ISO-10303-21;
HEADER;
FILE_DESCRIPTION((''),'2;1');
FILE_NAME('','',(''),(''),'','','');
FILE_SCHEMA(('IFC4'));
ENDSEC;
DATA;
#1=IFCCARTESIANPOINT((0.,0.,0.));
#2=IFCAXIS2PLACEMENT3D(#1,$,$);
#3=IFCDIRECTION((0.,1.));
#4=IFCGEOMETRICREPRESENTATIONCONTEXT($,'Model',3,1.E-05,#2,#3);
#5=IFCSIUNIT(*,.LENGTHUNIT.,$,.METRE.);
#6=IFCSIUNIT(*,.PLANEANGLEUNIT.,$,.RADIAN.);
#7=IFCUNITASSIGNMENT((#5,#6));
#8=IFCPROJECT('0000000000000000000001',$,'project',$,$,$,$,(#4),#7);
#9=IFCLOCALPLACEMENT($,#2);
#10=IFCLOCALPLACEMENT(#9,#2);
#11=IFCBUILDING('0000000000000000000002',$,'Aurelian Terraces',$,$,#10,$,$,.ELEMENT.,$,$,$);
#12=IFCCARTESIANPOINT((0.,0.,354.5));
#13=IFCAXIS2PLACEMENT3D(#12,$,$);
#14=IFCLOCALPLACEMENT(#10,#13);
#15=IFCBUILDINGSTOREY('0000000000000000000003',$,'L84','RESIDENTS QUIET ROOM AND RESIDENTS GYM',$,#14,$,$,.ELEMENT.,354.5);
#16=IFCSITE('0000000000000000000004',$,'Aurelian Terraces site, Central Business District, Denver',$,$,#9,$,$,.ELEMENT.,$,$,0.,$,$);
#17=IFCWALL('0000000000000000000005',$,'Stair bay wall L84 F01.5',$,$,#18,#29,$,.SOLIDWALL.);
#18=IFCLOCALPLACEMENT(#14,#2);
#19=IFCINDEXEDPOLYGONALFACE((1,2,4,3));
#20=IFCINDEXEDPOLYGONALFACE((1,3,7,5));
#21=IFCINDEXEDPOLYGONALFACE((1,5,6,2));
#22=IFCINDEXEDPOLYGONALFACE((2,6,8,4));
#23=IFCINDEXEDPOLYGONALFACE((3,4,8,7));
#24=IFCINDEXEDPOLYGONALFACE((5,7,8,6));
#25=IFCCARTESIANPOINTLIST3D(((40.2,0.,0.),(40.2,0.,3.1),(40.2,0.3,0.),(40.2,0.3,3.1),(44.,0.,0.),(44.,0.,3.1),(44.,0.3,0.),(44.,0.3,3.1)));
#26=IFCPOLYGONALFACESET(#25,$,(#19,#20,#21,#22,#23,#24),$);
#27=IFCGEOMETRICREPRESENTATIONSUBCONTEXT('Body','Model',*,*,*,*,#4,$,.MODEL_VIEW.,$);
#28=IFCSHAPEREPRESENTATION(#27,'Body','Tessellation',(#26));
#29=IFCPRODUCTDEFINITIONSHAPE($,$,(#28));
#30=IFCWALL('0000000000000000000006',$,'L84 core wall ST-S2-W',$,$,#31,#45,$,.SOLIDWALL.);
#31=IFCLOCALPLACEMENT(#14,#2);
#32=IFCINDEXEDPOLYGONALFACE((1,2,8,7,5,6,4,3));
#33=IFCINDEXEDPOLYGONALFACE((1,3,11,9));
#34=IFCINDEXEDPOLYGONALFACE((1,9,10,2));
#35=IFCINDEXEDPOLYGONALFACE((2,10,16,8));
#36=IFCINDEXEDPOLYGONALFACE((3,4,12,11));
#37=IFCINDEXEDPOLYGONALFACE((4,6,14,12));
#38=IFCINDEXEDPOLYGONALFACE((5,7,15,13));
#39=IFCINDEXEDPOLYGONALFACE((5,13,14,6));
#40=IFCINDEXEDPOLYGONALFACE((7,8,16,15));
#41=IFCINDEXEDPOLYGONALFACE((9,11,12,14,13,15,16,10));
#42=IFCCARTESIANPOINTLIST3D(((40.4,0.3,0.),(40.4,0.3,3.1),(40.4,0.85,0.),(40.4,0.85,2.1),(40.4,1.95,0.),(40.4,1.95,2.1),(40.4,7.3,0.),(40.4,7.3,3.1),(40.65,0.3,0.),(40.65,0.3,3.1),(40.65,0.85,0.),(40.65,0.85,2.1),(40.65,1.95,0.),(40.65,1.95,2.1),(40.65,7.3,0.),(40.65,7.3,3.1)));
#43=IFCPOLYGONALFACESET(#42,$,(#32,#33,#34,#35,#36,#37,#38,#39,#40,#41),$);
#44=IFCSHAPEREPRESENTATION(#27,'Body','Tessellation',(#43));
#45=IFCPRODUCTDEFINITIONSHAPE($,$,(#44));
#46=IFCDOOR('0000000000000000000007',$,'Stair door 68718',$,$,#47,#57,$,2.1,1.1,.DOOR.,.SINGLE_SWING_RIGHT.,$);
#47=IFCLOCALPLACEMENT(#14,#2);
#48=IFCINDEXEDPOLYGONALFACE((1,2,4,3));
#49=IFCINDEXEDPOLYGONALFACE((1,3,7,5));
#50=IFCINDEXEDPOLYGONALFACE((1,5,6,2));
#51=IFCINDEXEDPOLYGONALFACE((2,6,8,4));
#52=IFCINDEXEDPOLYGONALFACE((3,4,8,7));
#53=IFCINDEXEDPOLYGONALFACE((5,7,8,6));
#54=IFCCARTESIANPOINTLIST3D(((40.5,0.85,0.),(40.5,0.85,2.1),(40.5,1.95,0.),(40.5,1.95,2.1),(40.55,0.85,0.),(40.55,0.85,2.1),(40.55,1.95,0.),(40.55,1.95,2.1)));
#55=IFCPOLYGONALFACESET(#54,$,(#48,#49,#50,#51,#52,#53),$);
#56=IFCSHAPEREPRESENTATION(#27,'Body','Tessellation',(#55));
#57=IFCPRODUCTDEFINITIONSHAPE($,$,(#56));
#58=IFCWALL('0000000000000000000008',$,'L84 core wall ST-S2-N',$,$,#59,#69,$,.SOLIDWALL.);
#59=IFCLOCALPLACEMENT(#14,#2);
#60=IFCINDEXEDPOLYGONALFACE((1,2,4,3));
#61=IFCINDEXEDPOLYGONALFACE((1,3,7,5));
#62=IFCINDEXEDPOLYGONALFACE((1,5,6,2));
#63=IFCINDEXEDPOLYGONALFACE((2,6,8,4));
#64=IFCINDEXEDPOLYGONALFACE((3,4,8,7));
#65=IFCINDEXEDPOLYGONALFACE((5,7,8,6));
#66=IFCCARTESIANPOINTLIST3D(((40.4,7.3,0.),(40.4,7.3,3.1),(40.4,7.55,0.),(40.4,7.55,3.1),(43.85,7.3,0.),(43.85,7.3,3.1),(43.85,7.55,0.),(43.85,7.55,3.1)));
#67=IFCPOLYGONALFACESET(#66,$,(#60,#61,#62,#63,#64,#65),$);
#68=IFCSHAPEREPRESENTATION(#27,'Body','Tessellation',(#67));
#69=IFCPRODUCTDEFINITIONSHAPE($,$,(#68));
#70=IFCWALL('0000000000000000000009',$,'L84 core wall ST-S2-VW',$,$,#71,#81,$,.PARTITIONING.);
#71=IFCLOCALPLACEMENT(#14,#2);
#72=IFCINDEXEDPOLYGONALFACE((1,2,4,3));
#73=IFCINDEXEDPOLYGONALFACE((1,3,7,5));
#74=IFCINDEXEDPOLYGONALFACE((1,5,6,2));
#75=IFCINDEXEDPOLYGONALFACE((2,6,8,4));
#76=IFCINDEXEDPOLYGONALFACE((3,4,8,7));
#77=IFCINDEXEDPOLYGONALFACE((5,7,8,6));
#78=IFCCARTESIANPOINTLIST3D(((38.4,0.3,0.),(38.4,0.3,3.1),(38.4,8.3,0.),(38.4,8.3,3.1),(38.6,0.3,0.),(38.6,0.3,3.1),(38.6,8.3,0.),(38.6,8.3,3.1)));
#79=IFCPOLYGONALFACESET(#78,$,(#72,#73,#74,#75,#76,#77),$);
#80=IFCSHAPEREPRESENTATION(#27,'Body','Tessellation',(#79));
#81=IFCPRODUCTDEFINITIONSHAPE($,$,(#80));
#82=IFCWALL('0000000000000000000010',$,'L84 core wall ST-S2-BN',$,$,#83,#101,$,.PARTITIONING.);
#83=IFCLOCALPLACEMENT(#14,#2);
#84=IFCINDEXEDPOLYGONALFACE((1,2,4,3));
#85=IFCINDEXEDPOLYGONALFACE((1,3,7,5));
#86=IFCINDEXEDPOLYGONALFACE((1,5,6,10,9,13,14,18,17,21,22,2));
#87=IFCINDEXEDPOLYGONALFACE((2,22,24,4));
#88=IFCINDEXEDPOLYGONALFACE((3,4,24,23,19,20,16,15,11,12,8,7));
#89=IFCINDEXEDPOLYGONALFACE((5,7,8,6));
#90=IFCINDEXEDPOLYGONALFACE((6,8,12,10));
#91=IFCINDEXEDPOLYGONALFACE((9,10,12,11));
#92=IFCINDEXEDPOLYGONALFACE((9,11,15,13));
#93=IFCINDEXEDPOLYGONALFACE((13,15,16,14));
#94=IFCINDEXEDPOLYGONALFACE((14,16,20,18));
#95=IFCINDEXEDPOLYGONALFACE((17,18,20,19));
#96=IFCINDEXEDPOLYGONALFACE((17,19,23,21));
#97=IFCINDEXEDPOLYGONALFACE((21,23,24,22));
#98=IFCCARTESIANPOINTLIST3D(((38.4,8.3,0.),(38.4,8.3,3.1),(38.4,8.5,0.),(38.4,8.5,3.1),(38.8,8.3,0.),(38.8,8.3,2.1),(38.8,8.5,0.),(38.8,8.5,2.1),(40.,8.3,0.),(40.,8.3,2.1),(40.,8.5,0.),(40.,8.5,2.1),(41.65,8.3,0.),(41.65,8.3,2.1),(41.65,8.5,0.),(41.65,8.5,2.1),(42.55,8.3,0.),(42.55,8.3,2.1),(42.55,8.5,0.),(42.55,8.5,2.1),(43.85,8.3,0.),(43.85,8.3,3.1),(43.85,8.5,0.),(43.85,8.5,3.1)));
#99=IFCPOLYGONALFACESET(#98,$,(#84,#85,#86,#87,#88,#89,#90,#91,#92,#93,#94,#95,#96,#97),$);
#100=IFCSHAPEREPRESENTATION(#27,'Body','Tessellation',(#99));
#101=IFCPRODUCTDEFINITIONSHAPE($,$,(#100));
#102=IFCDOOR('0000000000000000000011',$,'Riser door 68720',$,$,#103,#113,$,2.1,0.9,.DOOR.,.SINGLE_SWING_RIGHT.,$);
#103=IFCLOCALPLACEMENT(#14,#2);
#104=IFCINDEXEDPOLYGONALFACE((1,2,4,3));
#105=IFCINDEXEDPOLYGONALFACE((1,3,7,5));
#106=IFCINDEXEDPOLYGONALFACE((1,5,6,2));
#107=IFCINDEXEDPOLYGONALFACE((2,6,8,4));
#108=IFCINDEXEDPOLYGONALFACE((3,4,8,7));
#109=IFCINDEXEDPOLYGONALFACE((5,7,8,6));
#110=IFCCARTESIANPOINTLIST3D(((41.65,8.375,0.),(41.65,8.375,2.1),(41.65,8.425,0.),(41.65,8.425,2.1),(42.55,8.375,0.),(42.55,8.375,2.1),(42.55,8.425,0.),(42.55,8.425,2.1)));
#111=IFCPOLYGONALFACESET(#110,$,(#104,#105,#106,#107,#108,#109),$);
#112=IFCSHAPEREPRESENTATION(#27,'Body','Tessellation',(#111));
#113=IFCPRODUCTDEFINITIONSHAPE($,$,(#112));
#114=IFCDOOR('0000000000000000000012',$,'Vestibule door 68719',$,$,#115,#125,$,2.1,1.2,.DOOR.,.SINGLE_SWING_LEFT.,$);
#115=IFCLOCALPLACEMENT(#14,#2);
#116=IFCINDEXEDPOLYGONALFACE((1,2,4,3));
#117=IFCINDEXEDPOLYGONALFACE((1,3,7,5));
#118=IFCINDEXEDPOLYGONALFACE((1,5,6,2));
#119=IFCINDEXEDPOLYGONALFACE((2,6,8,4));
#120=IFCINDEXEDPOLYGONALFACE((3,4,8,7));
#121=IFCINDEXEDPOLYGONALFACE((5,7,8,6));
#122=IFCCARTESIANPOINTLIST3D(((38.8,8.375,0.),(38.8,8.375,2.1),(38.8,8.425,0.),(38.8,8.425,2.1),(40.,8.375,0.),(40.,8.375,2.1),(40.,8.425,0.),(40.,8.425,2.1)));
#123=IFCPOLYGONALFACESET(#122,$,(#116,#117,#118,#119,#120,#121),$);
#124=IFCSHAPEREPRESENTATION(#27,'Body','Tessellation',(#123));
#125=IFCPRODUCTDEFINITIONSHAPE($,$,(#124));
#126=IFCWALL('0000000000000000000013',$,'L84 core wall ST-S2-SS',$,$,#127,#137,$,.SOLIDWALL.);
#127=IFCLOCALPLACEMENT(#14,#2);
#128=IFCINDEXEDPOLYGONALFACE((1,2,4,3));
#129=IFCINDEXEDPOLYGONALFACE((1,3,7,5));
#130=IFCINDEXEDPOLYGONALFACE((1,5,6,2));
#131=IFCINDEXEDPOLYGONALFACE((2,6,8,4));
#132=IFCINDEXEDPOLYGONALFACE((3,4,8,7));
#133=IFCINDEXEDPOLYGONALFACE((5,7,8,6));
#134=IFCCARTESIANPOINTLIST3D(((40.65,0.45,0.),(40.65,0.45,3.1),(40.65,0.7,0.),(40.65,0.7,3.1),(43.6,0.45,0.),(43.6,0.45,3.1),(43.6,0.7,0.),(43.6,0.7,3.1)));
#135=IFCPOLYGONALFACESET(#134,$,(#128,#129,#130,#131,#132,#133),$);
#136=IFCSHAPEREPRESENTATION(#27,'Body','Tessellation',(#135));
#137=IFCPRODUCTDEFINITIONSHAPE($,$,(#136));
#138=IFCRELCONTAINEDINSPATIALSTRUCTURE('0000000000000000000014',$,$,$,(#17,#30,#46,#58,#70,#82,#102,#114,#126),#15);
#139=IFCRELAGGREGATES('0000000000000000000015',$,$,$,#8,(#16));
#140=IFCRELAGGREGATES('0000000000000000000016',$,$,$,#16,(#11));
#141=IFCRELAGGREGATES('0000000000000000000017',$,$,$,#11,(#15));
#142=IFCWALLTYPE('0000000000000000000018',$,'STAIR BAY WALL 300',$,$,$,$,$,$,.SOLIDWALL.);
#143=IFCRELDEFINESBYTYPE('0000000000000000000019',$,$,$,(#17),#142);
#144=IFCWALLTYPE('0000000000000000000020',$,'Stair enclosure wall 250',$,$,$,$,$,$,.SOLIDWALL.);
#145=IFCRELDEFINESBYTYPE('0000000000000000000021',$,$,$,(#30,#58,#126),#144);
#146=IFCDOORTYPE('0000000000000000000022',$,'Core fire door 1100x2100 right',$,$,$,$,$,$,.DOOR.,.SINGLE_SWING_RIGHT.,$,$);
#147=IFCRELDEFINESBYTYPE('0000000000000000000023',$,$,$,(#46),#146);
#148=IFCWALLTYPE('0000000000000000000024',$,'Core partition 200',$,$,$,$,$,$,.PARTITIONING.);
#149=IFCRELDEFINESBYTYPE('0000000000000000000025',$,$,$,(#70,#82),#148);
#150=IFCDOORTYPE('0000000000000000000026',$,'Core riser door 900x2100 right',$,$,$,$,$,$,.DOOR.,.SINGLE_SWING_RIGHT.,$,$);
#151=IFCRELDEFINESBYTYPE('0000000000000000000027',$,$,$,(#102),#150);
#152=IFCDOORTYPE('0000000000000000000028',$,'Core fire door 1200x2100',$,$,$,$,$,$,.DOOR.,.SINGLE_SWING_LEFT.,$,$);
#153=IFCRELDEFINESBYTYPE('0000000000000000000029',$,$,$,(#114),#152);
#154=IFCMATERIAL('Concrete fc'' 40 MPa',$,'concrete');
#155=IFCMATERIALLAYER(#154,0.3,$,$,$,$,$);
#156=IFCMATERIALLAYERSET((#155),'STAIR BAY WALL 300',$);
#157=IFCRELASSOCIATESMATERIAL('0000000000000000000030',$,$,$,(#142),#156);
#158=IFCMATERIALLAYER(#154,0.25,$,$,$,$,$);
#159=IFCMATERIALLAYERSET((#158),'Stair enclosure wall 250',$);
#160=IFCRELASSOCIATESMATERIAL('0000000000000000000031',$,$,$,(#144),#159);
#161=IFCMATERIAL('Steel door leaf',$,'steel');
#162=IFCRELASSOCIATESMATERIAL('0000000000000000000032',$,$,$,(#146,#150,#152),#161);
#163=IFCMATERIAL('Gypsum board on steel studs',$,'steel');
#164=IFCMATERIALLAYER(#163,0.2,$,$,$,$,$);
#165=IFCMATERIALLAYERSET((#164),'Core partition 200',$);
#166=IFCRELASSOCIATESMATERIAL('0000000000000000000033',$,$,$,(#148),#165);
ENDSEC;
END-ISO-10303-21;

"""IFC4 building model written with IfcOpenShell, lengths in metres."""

from ifc_helpers import new_model, si_unit, direction, frame, frame_2d, origin, place, context, subcontext, project, spatial, rectangle, extrude, source, transform, mapped, material, layer, layer_set, type_object, element, fill, save


model = new_model("IFC4")

# Units and contexts
model_context = context("Model", 3, precision=1e-05, world=origin(), true_north=direction((0.0, 1.0)))
body_context = subcontext(model_context, "Body", "Model", "MODEL_VIEW")
ifc_project = project(units=[si_unit("LENGTHUNIT", "METRE"), si_unit("PLANEANGLEUNIT", "RADIAN")], contexts=[model_context])

# Site, building, storey
site_placement = place(None, origin())
site = spatial("IfcSite", under=ifc_project, at=site_placement, Name="Aurelian Terraces site, Central Business District, Denver", CompositionType="ELEMENT", RefElevation=0.0)
building_placement = place(site_placement, origin())
building = spatial("IfcBuilding", under=site, at=building_placement, Name="Aurelian Terraces", CompositionType="ELEMENT")
storey_placement = place(building_placement, frame((0.0, 0.0, 354.5)))
storey = spatial("IfcBuildingStorey", under=building, at=storey_placement, Name="L84", Description="RESIDENTS QUIET ROOM AND RESIDENTS GYM", CompositionType="ELEMENT", Elevation=354.5)

# Wall
ifc_material_1 = material(Name="Concrete fc' 40 MPa", Category="concrete")
ifc_layer_1 = layer(ifc_material_1, 0.3)
ifc_layer_set_1 = layer_set([ifc_layer_1], Name="STAIR BAY WALL 300")
wall_type_1 = type_object("IfcWallType", Name="STAIR BAY WALL 300", PredefinedType="SOLIDWALL", material=ifc_layer_set_1)
shared_shape_1 = source(origin(), body_context, "Body", "SweptSolid", [
    extrude(rectangle(XDim=3.8, YDim=0.3, at=frame_2d((1.9, 0.0))), origin(), (0.0, 0.0, 1.0), 3.1),
])
wall_1_placement = place(storey_placement, frame((40.2, 0.15, 0.0), z_axis=(0.0, 0.0, 1.0), x_axis=(1.0, 0.0, 0.0)))
element("IfcWall", 1, at=wall_1_placement, inside=storey, type_object=wall_type_1, Name="Stair bay wall L84 F01.5", PredefinedType="SOLIDWALL", context=body_context, shape_type="MappedRepresentation", body=[
    mapped(shared_shape_1, transform((0.0, 0.0, 0.0), scale=1.0)),
])

# Wall, opening, door
ifc_layer_2 = layer(ifc_material_1, 0.25)
ifc_layer_set_2 = layer_set([ifc_layer_2], Name="Stair enclosure wall 250")
wall_type_2 = type_object("IfcWallType", Name="Stair enclosure wall 250", PredefinedType="SOLIDWALL", material=ifc_layer_set_2)
shared_shape_2 = source(origin(), body_context, "Body", "SweptSolid", [
    extrude(rectangle(XDim=7.0, YDim=0.25, at=frame_2d((3.5, 0.0))), origin(), (0.0, 0.0, 1.0), 3.1),
])
wall_2_placement = place(storey_placement, frame((40.525, 0.3, 0.0), z_axis=(0.0, 0.0, 1.0), x_axis=(0.0, 1.0, 0.0)))
wall_2 = element("IfcWall", 2, at=wall_2_placement, inside=storey, type_object=wall_type_2, Name="L84 core wall ST-S2-W", PredefinedType="SOLIDWALL", context=body_context, shape_type="MappedRepresentation", body=[
    mapped(shared_shape_2, transform((0.0, 0.0, 0.0), scale=1.0)),
])
shared_shape_3 = source(origin(), body_context, "Body", "SweptSolid", [
    extrude(rectangle(XDim=1.1, YDim=2.1, at=frame_2d((0.55, 1.05))), frame((0.0, 0.135, 0.0), z_axis=(0.0, -1.0, 0.0), x_axis=(1.0, 0.0, 0.0)), (0.0, 0.0, 1.0), 0.27),
])
opening_1_placement = place(wall_2_placement, frame((0.55, 0.0, 0.0)))
opening_1 = element("IfcOpeningElement", 3, at=opening_1_placement, cuts=wall_2, PredefinedType="OPENING", context=body_context, shape_type="MappedRepresentation", body=[
    mapped(shared_shape_3, transform((0.0, 0.0, 0.0), scale=1.0)),
])
ifc_material_2 = material(Name="Steel door leaf", Category="steel")
door_type_1 = type_object("IfcDoorType", Name="Core fire door 1100x2100 right", OperationType="SINGLE_SWING_RIGHT", PredefinedType="DOOR", material=ifc_material_2)
shared_shape_4 = source(origin(), body_context, "Body", "SweptSolid", [
    extrude(rectangle(XDim=1.1, YDim=2.1, at=frame_2d((0.55, 1.05))), frame((0.0, 0.025, 0.0), z_axis=(0.0, -1.0, 0.0), x_axis=(1.0, 0.0, 0.0)), (0.0, 0.0, 1.0), 0.05),
])
door_1_placement = place(opening_1_placement, origin())
door_1 = element("IfcDoor", 4, at=door_1_placement, inside=storey, type_object=door_type_1, Name="Stair door 68718", OperationType="SINGLE_SWING_RIGHT", OverallHeight=2.1, OverallWidth=1.1, PredefinedType="DOOR", context=body_context, shape_type="MappedRepresentation", body=[
    mapped(shared_shape_4, transform((0.0, 0.0, 0.0), scale=1.0)),
])
fill(opening_1, door_1)

# Walls
shared_shape_5 = source(origin(), body_context, "Body", "SweptSolid", [
    extrude(rectangle(XDim=3.45, YDim=0.25, at=frame_2d((1.725, 0.0))), origin(), (0.0, 0.0, 1.0), 3.1),
])
wall_3_placement = place(storey_placement, frame((40.4, 7.425, 0.0), z_axis=(0.0, 0.0, 1.0), x_axis=(1.0, 0.0, 0.0)))
element("IfcWall", 5, at=wall_3_placement, inside=storey, type_object=wall_type_2, Name="L84 core wall ST-S2-N", PredefinedType="SOLIDWALL", context=body_context, shape_type="MappedRepresentation", body=[
    mapped(shared_shape_5, transform((0.0, 0.0, 0.0), scale=1.0)),
])
ifc_material_3 = material(Name="Gypsum board on steel studs", Category="steel")
ifc_layer_3 = layer(ifc_material_3, 0.2)
ifc_layer_set_3 = layer_set([ifc_layer_3], Name="Core partition 200")
wall_type_3 = type_object("IfcWallType", Name="Core partition 200", PredefinedType="PARTITIONING", material=ifc_layer_set_3)
shared_shape_6 = source(origin(), body_context, "Body", "SweptSolid", [
    extrude(rectangle(XDim=8.0, YDim=0.2, at=frame_2d((4.0, 0.0))), origin(), (0.0, 0.0, 1.0), 3.1),
])
wall_4_placement = place(storey_placement, frame((38.5, 0.3, 0.0), z_axis=(0.0, 0.0, 1.0), x_axis=(0.0, 1.0, 0.0)))
element("IfcWall", 6, at=wall_4_placement, inside=storey, type_object=wall_type_3, Name="L84 core wall ST-S2-VW", PredefinedType="PARTITIONING", context=body_context, shape_type="MappedRepresentation", body=[
    mapped(shared_shape_6, transform((0.0, 0.0, 0.0), scale=1.0)),
])

# Wall, openings, doors
shared_shape_7 = source(origin(), body_context, "Body", "SweptSolid", [
    extrude(rectangle(XDim=5.45, YDim=0.2, at=frame_2d((2.725, 0.0))), origin(), (0.0, 0.0, 1.0), 3.1),
])
wall_5_placement = place(storey_placement, frame((38.4, 8.4, 0.0), z_axis=(0.0, 0.0, 1.0), x_axis=(1.0, 0.0, 0.0)))
wall_5 = element("IfcWall", 7, at=wall_5_placement, inside=storey, type_object=wall_type_3, Name="L84 core wall ST-S2-BN", PredefinedType="PARTITIONING", context=body_context, shape_type="MappedRepresentation", body=[
    mapped(shared_shape_7, transform((0.0, 0.0, 0.0), scale=1.0)),
])
shared_shape_8 = source(origin(), body_context, "Body", "SweptSolid", [
    extrude(rectangle(XDim=1.2, YDim=2.1, at=frame_2d((0.6, 1.05))), frame((0.0, 0.11, 0.0), z_axis=(0.0, -1.0, 0.0), x_axis=(1.0, 0.0, 0.0)), (0.0, 0.0, 1.0), 0.22),
])
opening_2_placement = place(wall_5_placement, frame((0.4, 0.0, 0.0)))
opening_2 = element("IfcOpeningElement", 8, at=opening_2_placement, cuts=wall_5, PredefinedType="OPENING", context=body_context, shape_type="MappedRepresentation", body=[
    mapped(shared_shape_8, transform((0.0, 0.0, 0.0), scale=1.0)),
])
shared_shape_9 = source(origin(), body_context, "Body", "SweptSolid", [
    extrude(rectangle(XDim=0.9, YDim=2.1, at=frame_2d((0.45, 1.05))), frame((0.0, 0.11, 0.0), z_axis=(0.0, -1.0, 0.0), x_axis=(1.0, 0.0, 0.0)), (0.0, 0.0, 1.0), 0.22),
])
opening_3_placement = place(wall_5_placement, frame((3.25, 0.0, 0.0)))
opening_3 = element("IfcOpeningElement", 9, at=opening_3_placement, cuts=wall_5, PredefinedType="OPENING", context=body_context, shape_type="MappedRepresentation", body=[
    mapped(shared_shape_9, transform((0.0, 0.0, 0.0), scale=1.0)),
])
door_type_2 = type_object("IfcDoorType", Name="Core riser door 900x2100 right", OperationType="SINGLE_SWING_RIGHT", PredefinedType="DOOR", material=ifc_material_2)
shared_shape_10 = source(origin(), body_context, "Body", "SweptSolid", [
    extrude(rectangle(XDim=0.9, YDim=2.1, at=frame_2d((0.45, 1.05))), frame((0.0, 0.025, 0.0), z_axis=(0.0, -1.0, 0.0), x_axis=(1.0, 0.0, 0.0)), (0.0, 0.0, 1.0), 0.05),
])
door_2_placement = place(opening_3_placement, origin())
door_2 = element("IfcDoor", 10, at=door_2_placement, inside=storey, type_object=door_type_2, Name="Riser door 68720", OperationType="SINGLE_SWING_RIGHT", OverallHeight=2.1, OverallWidth=0.9, PredefinedType="DOOR", context=body_context, shape_type="MappedRepresentation", body=[
    mapped(shared_shape_10, transform((0.0, 0.0, 0.0), scale=1.0)),
])
fill(opening_3, door_2)
door_type_3 = type_object("IfcDoorType", Name="Core fire door 1200x2100", OperationType="SINGLE_SWING_LEFT", PredefinedType="DOOR", material=ifc_material_2)
shared_shape_11 = source(origin(), body_context, "Body", "SweptSolid", [
    extrude(rectangle(XDim=1.2, YDim=2.1, at=frame_2d((0.6, 1.05))), frame((0.0, 0.025, 0.0), z_axis=(0.0, -1.0, 0.0), x_axis=(1.0, 0.0, 0.0)), (0.0, 0.0, 1.0), 0.05),
])
door_3_placement = place(opening_2_placement, origin())
door_3 = element("IfcDoor", 11, at=door_3_placement, inside=storey, type_object=door_type_3, Name="Vestibule door 68719", OperationType="SINGLE_SWING_LEFT", OverallHeight=2.1, OverallWidth=1.2, PredefinedType="DOOR", context=body_context, shape_type="MappedRepresentation", body=[
    mapped(shared_shape_11, transform((0.0, 0.0, 0.0), scale=1.0)),
])
fill(opening_2, door_3)

# Wall
shared_shape_12 = source(origin(), body_context, "Body", "SweptSolid", [
    extrude(rectangle(XDim=2.95, YDim=0.25, at=frame_2d((1.475, 0.0))), origin(), (0.0, 0.0, 1.0), 3.1),
])
wall_6_placement = place(storey_placement, frame((40.65, 0.575, 0.0), z_axis=(0.0, 0.0, 1.0), x_axis=(1.0, 0.0, 0.0)))
element("IfcWall", 12, at=wall_6_placement, inside=storey, type_object=wall_type_2, Name="L84 core wall ST-S2-SS", PredefinedType="SOLIDWALL", context=body_context, shape_type="MappedRepresentation", body=[
    mapped(shared_shape_12, transform((0.0, 0.0, 0.0), scale=1.0)),
])

save(model, "model.ifc")
